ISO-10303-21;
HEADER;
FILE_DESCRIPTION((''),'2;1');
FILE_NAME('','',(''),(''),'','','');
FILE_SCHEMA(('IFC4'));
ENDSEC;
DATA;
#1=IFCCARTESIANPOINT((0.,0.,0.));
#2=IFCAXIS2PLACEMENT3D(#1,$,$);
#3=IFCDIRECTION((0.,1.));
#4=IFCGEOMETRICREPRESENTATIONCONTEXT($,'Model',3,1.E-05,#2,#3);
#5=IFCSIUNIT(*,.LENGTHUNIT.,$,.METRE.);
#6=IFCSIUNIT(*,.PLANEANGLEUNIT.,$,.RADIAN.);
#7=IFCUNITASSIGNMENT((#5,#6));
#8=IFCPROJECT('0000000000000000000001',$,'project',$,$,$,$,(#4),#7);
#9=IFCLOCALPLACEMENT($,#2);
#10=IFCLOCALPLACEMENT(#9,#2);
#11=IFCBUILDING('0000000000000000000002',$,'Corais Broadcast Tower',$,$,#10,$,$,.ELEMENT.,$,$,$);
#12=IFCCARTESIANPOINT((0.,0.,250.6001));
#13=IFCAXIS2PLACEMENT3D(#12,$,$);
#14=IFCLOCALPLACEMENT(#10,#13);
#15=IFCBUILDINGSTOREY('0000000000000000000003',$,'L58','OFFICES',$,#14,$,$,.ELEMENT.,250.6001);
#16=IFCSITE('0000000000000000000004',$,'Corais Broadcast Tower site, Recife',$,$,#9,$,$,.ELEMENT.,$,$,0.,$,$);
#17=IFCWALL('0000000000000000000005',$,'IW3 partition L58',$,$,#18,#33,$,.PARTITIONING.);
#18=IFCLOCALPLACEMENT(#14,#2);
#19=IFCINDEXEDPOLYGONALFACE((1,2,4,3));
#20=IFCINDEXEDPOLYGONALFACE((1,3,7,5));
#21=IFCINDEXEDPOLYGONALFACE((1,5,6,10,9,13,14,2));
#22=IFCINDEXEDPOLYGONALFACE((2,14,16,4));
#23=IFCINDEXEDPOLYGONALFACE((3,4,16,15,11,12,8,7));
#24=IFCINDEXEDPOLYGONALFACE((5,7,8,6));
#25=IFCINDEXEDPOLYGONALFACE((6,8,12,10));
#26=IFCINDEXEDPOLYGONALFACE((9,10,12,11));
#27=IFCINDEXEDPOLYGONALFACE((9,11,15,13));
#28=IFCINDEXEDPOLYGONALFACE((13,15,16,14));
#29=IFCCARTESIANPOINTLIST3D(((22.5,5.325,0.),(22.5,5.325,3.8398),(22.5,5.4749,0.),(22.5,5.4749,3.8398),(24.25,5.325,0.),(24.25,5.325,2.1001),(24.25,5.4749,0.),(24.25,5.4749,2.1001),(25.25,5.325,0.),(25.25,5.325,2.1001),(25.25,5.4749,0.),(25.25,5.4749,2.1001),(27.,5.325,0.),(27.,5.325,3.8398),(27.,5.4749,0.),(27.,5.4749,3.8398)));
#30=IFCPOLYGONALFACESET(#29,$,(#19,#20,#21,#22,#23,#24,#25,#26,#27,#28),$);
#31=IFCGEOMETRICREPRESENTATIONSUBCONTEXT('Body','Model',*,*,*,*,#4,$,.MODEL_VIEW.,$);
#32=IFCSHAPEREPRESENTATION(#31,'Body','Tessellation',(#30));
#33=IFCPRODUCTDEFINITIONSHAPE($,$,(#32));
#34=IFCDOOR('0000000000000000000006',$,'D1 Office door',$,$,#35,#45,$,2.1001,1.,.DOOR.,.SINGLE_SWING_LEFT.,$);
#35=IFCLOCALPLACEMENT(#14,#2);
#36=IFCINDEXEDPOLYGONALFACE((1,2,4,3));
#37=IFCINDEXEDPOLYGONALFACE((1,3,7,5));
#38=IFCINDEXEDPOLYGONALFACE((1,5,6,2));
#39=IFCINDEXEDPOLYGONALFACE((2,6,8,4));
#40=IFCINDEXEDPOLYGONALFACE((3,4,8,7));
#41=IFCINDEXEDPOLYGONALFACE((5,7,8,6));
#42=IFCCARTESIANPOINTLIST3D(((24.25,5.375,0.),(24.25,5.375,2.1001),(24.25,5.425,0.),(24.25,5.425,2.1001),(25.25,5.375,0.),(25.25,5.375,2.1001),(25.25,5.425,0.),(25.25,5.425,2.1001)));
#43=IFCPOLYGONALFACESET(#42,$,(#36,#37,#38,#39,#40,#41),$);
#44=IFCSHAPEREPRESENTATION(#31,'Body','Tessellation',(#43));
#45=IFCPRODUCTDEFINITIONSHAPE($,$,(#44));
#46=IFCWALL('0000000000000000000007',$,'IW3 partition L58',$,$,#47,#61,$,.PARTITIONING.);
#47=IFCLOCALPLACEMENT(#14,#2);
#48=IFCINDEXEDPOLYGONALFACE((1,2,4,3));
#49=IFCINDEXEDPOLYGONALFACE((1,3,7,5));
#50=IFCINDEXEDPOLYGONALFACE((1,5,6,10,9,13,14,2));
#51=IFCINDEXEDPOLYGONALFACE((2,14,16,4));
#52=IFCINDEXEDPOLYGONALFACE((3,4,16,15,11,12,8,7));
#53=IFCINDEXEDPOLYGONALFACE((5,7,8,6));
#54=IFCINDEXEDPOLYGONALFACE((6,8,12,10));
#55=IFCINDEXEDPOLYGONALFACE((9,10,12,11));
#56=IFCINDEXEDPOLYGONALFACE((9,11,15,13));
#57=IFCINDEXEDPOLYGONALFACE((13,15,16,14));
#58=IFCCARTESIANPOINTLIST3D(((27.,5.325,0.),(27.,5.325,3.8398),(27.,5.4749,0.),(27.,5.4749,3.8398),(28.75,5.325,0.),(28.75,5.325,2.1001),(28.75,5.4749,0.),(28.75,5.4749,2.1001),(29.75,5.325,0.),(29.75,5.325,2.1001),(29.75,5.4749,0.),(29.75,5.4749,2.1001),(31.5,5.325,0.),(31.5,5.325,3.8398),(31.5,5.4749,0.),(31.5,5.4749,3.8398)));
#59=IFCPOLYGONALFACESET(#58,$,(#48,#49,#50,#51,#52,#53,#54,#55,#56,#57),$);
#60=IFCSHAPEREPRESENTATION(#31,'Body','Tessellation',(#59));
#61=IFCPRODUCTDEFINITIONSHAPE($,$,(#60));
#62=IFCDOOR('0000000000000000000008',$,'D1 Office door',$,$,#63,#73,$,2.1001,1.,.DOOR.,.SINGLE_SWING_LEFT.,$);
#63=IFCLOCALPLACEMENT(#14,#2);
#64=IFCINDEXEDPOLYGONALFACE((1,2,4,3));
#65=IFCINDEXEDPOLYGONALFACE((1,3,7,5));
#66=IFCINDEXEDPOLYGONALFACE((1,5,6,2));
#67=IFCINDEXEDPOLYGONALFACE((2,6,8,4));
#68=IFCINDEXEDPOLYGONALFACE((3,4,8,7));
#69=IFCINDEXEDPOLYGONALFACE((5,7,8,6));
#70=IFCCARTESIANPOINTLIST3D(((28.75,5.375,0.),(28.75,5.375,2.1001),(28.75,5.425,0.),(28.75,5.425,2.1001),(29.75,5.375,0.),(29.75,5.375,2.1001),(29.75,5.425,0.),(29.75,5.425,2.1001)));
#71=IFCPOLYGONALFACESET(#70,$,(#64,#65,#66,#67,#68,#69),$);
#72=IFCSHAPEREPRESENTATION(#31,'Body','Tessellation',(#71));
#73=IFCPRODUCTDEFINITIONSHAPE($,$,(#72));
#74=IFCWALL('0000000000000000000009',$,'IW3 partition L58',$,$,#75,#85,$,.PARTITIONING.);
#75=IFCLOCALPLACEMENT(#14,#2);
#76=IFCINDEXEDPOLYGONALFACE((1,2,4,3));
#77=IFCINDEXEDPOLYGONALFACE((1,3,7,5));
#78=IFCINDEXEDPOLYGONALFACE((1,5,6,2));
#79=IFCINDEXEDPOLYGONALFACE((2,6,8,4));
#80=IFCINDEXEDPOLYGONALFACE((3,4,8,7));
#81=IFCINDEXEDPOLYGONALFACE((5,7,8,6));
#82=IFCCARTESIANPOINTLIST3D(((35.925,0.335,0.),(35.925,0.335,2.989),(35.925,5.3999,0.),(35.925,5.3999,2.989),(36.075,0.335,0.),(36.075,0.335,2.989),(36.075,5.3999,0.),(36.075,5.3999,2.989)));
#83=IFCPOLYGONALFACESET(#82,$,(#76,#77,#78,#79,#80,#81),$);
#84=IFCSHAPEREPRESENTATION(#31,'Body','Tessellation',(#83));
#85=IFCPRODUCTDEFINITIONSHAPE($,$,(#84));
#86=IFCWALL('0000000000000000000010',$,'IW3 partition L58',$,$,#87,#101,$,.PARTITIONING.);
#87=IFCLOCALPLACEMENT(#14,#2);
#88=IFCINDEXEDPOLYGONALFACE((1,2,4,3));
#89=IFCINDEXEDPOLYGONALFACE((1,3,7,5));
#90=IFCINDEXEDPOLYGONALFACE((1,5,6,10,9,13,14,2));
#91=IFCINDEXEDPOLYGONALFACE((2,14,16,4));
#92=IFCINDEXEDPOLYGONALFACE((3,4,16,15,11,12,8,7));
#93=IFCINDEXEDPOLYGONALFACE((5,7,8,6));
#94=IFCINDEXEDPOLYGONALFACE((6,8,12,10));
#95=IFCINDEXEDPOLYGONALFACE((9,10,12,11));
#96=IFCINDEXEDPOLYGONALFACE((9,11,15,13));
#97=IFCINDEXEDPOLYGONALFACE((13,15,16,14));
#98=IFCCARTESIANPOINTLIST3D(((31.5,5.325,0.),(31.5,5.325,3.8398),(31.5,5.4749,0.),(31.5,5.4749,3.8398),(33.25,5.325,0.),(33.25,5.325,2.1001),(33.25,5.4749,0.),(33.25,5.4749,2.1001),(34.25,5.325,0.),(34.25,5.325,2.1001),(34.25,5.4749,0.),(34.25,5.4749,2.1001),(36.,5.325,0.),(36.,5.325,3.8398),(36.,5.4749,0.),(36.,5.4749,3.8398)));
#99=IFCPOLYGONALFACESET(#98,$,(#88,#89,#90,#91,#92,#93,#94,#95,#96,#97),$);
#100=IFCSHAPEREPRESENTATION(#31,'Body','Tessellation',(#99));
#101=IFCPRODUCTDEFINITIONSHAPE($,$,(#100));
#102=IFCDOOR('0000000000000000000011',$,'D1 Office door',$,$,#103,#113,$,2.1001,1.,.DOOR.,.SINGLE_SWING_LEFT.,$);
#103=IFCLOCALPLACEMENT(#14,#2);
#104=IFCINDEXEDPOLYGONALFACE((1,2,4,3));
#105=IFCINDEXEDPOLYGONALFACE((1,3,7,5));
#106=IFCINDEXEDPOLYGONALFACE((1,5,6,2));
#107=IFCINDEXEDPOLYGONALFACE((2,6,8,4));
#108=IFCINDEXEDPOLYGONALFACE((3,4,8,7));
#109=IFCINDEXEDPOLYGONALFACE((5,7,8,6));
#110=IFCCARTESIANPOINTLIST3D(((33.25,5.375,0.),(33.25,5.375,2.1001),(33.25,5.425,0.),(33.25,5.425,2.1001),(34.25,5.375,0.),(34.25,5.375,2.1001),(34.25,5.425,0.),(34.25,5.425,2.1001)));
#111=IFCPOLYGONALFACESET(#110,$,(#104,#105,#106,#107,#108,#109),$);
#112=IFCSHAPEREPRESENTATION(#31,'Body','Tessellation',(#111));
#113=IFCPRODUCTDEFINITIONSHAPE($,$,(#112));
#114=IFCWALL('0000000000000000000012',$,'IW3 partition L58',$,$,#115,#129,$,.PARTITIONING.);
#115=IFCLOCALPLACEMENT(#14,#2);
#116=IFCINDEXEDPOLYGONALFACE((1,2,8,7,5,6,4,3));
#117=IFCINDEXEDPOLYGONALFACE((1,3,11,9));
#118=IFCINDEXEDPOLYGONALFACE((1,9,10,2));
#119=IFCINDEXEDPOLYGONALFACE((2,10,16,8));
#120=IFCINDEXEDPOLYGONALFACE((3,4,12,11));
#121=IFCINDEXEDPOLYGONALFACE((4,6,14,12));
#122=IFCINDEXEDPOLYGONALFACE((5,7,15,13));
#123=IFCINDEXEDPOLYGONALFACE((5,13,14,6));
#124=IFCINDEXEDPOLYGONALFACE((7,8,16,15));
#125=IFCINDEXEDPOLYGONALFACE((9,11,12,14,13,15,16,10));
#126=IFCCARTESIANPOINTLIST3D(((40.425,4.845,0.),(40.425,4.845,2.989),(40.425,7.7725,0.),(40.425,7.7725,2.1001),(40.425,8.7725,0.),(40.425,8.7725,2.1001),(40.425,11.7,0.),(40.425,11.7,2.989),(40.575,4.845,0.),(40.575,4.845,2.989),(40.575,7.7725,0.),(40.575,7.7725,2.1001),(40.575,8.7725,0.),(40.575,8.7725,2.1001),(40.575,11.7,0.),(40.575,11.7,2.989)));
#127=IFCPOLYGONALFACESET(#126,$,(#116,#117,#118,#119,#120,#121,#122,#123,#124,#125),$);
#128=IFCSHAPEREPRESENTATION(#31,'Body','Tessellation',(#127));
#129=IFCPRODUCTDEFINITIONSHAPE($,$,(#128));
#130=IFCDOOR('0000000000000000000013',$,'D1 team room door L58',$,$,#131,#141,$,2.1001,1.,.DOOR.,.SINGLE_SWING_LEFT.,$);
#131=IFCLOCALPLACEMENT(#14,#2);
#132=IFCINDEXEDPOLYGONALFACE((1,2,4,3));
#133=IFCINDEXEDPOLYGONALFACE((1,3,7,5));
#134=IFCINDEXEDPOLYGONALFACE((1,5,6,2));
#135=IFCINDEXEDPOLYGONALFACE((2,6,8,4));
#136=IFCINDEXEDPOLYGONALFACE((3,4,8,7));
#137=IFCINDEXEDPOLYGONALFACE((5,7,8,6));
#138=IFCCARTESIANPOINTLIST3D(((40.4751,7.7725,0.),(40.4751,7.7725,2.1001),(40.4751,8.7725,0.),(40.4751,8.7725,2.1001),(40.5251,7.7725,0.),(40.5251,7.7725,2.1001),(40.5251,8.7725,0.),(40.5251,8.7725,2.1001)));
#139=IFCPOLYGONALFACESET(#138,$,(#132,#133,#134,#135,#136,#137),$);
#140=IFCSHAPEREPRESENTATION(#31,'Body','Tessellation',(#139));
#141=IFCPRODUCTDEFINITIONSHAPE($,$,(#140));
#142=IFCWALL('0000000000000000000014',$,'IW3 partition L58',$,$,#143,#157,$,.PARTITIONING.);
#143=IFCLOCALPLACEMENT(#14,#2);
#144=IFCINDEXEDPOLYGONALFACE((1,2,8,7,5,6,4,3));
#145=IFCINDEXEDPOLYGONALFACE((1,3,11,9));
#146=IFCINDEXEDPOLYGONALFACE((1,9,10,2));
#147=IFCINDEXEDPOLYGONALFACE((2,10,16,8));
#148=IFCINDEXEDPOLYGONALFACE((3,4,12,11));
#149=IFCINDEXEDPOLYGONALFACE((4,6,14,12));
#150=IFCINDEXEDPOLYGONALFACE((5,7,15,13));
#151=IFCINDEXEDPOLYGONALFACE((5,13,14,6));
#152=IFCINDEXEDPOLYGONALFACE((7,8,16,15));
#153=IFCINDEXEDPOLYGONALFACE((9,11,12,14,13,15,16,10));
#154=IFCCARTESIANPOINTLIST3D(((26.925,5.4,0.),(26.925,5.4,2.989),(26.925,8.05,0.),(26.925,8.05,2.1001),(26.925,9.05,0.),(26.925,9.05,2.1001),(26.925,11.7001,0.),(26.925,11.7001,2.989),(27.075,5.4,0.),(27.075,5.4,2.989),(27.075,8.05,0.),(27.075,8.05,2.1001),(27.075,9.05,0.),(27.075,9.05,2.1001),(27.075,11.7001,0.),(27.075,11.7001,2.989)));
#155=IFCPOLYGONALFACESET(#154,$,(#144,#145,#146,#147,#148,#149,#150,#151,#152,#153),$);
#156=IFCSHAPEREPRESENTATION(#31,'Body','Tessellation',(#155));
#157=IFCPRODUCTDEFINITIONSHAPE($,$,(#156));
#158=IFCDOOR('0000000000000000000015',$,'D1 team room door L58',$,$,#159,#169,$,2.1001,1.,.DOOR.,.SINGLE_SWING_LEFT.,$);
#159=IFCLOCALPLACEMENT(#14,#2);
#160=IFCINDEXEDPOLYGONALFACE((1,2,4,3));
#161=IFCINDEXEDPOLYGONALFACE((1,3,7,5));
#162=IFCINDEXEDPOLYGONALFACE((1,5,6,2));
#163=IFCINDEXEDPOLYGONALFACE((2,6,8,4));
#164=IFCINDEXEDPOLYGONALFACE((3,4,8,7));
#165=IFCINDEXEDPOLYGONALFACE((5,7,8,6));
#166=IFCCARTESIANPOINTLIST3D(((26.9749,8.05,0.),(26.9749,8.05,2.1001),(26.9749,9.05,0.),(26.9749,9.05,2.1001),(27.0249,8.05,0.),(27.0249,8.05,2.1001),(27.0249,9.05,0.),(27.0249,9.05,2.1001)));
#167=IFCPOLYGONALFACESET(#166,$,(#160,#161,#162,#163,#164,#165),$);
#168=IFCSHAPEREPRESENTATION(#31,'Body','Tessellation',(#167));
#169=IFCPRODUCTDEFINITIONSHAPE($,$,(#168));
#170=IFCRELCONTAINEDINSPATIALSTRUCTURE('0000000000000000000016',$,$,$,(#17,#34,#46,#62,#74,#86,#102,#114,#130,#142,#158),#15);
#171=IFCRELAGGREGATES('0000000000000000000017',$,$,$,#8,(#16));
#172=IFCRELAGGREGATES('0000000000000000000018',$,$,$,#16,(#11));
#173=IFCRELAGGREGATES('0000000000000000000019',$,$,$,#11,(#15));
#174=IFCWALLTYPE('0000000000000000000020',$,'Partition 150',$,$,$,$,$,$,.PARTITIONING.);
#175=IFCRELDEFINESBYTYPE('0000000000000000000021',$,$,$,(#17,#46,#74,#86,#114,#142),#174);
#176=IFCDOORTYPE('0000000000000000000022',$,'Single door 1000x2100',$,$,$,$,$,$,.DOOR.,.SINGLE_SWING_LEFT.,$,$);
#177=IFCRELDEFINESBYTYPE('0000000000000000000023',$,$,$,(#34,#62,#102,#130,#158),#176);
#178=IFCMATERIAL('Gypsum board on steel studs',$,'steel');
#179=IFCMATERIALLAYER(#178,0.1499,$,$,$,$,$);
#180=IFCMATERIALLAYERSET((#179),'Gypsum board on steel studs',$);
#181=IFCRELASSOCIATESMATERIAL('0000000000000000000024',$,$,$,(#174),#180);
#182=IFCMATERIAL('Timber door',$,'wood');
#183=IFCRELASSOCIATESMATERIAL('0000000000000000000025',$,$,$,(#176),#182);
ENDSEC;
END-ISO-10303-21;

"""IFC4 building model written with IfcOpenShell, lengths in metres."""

from ifc_helpers import new_model, si_unit, direction, frame, frame_2d, origin, place, context, subcontext, project, spatial, rectangle, extrude, material, layer, layer_set, type_object, element, fill, save


model = new_model("IFC4")

# Units and contexts
model_context = context("Model", 3, precision=1e-05, world=origin(), true_north=direction((0.0, 1.0)))
body_context = subcontext(model_context, "Body", "Model", "MODEL_VIEW")
ifc_project = project(units=[si_unit("LENGTHUNIT", "METRE"), si_unit("PLANEANGLEUNIT", "RADIAN")], contexts=[model_context])

# Site, building, storey
site_placement = place(None, origin())
site = spatial("IfcSite", under=ifc_project, at=site_placement, Name="Corais Broadcast Tower site, Recife", CompositionType="ELEMENT", RefElevation=0.0)
building_placement = place(site_placement, origin())
building = spatial("IfcBuilding", under=site, at=building_placement, Name="Corais Broadcast Tower", CompositionType="ELEMENT")
storey_placement = place(building_placement, frame((0.0, 0.0, 250.6001)))
storey = spatial("IfcBuildingStorey", under=building, at=storey_placement, Name="L58", Description="OFFICES", CompositionType="ELEMENT", Elevation=250.6001)

# Walls, openings, doors
ifc_material_1 = material(Name="Gypsum board on steel studs", Category="steel")
ifc_layer_1 = layer(ifc_material_1, 0.1499)
ifc_layer_set_1 = layer_set([ifc_layer_1], Name="Gypsum board on steel studs")
wall_type_1 = type_object("IfcWallType", Name="Partition 150", PredefinedType="PARTITIONING", material=ifc_layer_set_1)
wall_1_placement = place(storey_placement, frame((27.0, 5.3999, 0.0), z_axis=(0.0, 0.0, 1.0), x_axis=(-1.0, 0.0, 0.0)))
wall_1 = element("IfcWall", 1, at=wall_1_placement, inside=storey, type_object=wall_type_1, Name="IW3 partition L58", PredefinedType="PARTITIONING", context=body_context, shape_type="SweptSolid", body=[
    extrude(rectangle(XDim=4.5, YDim=0.1499, at=frame_2d((2.25, 0.0))), origin(), (0.0, 0.0, 1.0), 3.8398),
])
opening_1_placement = place(wall_1_placement, frame((1.75, 0.0, 0.0)))
opening_1 = element("IfcOpeningElement", 2, at=opening_1_placement, cuts=wall_1, PredefinedType="OPENING", context=body_context, shape_type="SweptSolid", body=[
    extrude(rectangle(XDim=1.0, YDim=2.1001, at=frame_2d((0.5, 1.05))), frame((0.0, 0.085, 0.0), z_axis=(0.0, -1.0, 0.0), x_axis=(1.0, 0.0, 0.0)), (0.0, 0.0, 1.0), 0.1699),
])
ifc_material_2 = material(Name="Timber door", Category="wood")
door_type = type_object("IfcDoorType", Name="Single door 1000x2100", OperationType="SINGLE_SWING_LEFT", PredefinedType="DOOR", material=ifc_material_2)
door_1_placement = place(opening_1_placement, origin())
door_1 = element("IfcDoor", 3, at=door_1_placement, inside=storey, type_object=door_type, Name="D1 Office door", OperationType="SINGLE_SWING_LEFT", OverallHeight=2.1001, OverallWidth=1.0, PredefinedType="DOOR", context=body_context, shape_type="SweptSolid", body=[
    extrude(rectangle(XDim=1.0, YDim=2.1001, at=frame_2d((0.5, 1.05))), frame((0.0, 0.0249, 0.0), z_axis=(0.0, -1.0, 0.0), x_axis=(1.0, 0.0, 0.0)), (0.0, 0.0, 1.0), 0.05),
])
fill(opening_1, door_1)
wall_2_placement = place(storey_placement, frame((31.5, 5.3999, 0.0), z_axis=(0.0, 0.0, 1.0), x_axis=(-1.0, 0.0, 0.0)))
wall_2 = element("IfcWall", 4, at=wall_2_placement, inside=storey, type_object=wall_type_1, Name="IW3 partition L58", PredefinedType="PARTITIONING", context=body_context, shape_type="SweptSolid", body=[
    extrude(rectangle(XDim=4.5, YDim=0.1499, at=frame_2d((2.25, 0.0))), origin(), (0.0, 0.0, 1.0), 3.8398),
])
opening_2_placement = place(wall_2_placement, frame((1.75, 0.0, 0.0)))
opening_2 = element("IfcOpeningElement", 5, at=opening_2_placement, cuts=wall_2, PredefinedType="OPENING", context=body_context, shape_type="SweptSolid", body=[
    extrude(rectangle(XDim=1.0, YDim=2.1001, at=frame_2d((0.5, 1.05))), frame((0.0, 0.085, 0.0), z_axis=(0.0, -1.0, 0.0), x_axis=(1.0, 0.0, 0.0)), (0.0, 0.0, 1.0), 0.1699),
])
door_2_placement = place(opening_2_placement, origin())
door_2 = element("IfcDoor", 6, at=door_2_placement, inside=storey, type_object=door_type, Name="D1 Office door", OperationType="SINGLE_SWING_LEFT", OverallHeight=2.1001, OverallWidth=1.0, PredefinedType="DOOR", context=body_context, shape_type="SweptSolid", body=[
    extrude(rectangle(XDim=1.0, YDim=2.1001, at=frame_2d((0.5, 1.05))), frame((0.0, 0.0249, 0.0), z_axis=(0.0, -1.0, 0.0), x_axis=(1.0, 0.0, 0.0)), (0.0, 0.0, 1.0), 0.05),
])
fill(opening_2, door_2)

# Wall
wall_3_placement = place(storey_placement, frame((36.0, 0.335, 0.0), z_axis=(0.0, 0.0, 1.0), x_axis=(0.0, 1.0, 0.0)))
element("IfcWall", 7, at=wall_3_placement, inside=storey, type_object=wall_type_1, Name="IW3 partition L58", PredefinedType="PARTITIONING", context=body_context, shape_type="SweptSolid", body=[
    extrude(rectangle(XDim=5.0649, YDim=0.1499, at=frame_2d((2.5325, 0.0))), origin(), (0.0, 0.0, 1.0), 2.989),
])

# Walls, openings, doors
wall_4_placement = place(storey_placement, frame((36.0, 5.3999, 0.0), z_axis=(0.0, 0.0, 1.0), x_axis=(-1.0, 0.0, 0.0)))
wall_4 = element("IfcWall", 8, at=wall_4_placement, inside=storey, type_object=wall_type_1, Name="IW3 partition L58", PredefinedType="PARTITIONING", context=body_context, shape_type="SweptSolid", body=[
    extrude(rectangle(XDim=4.5, YDim=0.1499, at=frame_2d((2.25, 0.0))), origin(), (0.0, 0.0, 1.0), 3.8398),
])
opening_3_placement = place(wall_4_placement, frame((1.75, 0.0, 0.0)))
opening_3 = element("IfcOpeningElement", 9, at=opening_3_placement, cuts=wall_4, PredefinedType="OPENING", context=body_context, shape_type="SweptSolid", body=[
    extrude(rectangle(XDim=1.0, YDim=2.1001, at=frame_2d((0.5, 1.05))), frame((0.0, 0.085, 0.0), z_axis=(0.0, -1.0, 0.0), x_axis=(1.0, 0.0, 0.0)), (0.0, 0.0, 1.0), 0.1699),
])
door_3_placement = place(opening_3_placement, origin())
door_3 = element("IfcDoor", 10, at=door_3_placement, inside=storey, type_object=door_type, Name="D1 Office door", OperationType="SINGLE_SWING_LEFT", OverallHeight=2.1001, OverallWidth=1.0, PredefinedType="DOOR", context=body_context, shape_type="SweptSolid", body=[
    extrude(rectangle(XDim=1.0, YDim=2.1001, at=frame_2d((0.5, 1.05))), frame((0.0, 0.0249, 0.0), z_axis=(0.0, -1.0, 0.0), x_axis=(1.0, 0.0, 0.0)), (0.0, 0.0, 1.0), 0.05),
])
fill(opening_3, door_3)
wall_5_placement = place(storey_placement, frame((40.5, 4.845, 0.0), z_axis=(0.0, 0.0, 1.0), x_axis=(0.0, 1.0, 0.0)))
wall_5 = element("IfcWall", 11, at=wall_5_placement, inside=storey, type_object=wall_type_1, Name="IW3 partition L58", PredefinedType="PARTITIONING", context=body_context, shape_type="SweptSolid", body=[
    extrude(rectangle(XDim=6.855, YDim=0.1499, at=frame_2d((3.4275, 0.0))), origin(), (0.0, 0.0, 1.0), 2.989),
])
opening_4_placement = place(wall_5_placement, frame((2.9275, 0.0, 0.0)))
opening_4 = element("IfcOpeningElement", 12, at=opening_4_placement, cuts=wall_5, PredefinedType="OPENING", context=body_context, shape_type="SweptSolid", body=[
    extrude(rectangle(XDim=1.0, YDim=2.1001, at=frame_2d((0.5, 1.05))), frame((0.0, 0.085, 0.0), z_axis=(0.0, -1.0, 0.0), x_axis=(1.0, 0.0, 0.0)), (0.0, 0.0, 1.0), 0.1699),
])
door_4_placement = place(opening_4_placement, origin())
door_4 = element("IfcDoor", 13, at=door_4_placement, inside=storey, type_object=door_type, Name="D1 team room door L58", OperationType="SINGLE_SWING_LEFT", OverallHeight=2.1001, OverallWidth=1.0, PredefinedType="DOOR", context=body_context, shape_type="SweptSolid", body=[
    extrude(rectangle(XDim=1.0, YDim=2.1001, at=frame_2d((0.5, 1.05))), frame((0.0, 0.0249, 0.0), z_axis=(0.0, -1.0, 0.0), x_axis=(1.0, 0.0, 0.0)), (0.0, 0.0, 1.0), 0.05),
])
fill(opening_4, door_4)
wall_6_placement = place(storey_placement, frame((27.0, 11.7, 0.0), z_axis=(0.0, 0.0, 1.0), x_axis=(0.0, -1.0, 0.0)))
wall_6 = element("IfcWall", 14, at=wall_6_placement, inside=storey, type_object=wall_type_1, Name="IW3 partition L58", PredefinedType="PARTITIONING", context=body_context, shape_type="SweptSolid", body=[
    extrude(rectangle(XDim=6.3, YDim=0.1499, at=frame_2d((3.1499, 0.0))), origin(), (0.0, 0.0, 1.0), 2.989),
])
opening_5_placement = place(wall_6_placement, frame((2.6499, 0.0, 0.0)))
opening_5 = element("IfcOpeningElement", 15, at=opening_5_placement, cuts=wall_6, PredefinedType="OPENING", context=body_context, shape_type="SweptSolid", body=[
    extrude(rectangle(XDim=1.0, YDim=2.1001, at=frame_2d((0.5, 1.05))), frame((0.0, 0.085, 0.0), z_axis=(0.0, -1.0, 0.0), x_axis=(1.0, 0.0, 0.0)), (0.0, 0.0, 1.0), 0.1699),
])
door_5_placement = place(opening_5_placement, origin())
door_5 = element("IfcDoor", 16, at=door_5_placement, inside=storey, type_object=door_type, Name="D1 team room door L58", OperationType="SINGLE_SWING_LEFT", OverallHeight=2.1001, OverallWidth=1.0, PredefinedType="DOOR", context=body_context, shape_type="SweptSolid", body=[
    extrude(rectangle(XDim=1.0, YDim=2.1001, at=frame_2d((0.5, 1.05))), frame((0.0, 0.0249, 0.0), z_axis=(0.0, -1.0, 0.0), x_axis=(1.0, 0.0, 0.0)), (0.0, 0.0, 1.0), 0.05),
])
fill(opening_5, door_5)

save(model, "model.ifc")
